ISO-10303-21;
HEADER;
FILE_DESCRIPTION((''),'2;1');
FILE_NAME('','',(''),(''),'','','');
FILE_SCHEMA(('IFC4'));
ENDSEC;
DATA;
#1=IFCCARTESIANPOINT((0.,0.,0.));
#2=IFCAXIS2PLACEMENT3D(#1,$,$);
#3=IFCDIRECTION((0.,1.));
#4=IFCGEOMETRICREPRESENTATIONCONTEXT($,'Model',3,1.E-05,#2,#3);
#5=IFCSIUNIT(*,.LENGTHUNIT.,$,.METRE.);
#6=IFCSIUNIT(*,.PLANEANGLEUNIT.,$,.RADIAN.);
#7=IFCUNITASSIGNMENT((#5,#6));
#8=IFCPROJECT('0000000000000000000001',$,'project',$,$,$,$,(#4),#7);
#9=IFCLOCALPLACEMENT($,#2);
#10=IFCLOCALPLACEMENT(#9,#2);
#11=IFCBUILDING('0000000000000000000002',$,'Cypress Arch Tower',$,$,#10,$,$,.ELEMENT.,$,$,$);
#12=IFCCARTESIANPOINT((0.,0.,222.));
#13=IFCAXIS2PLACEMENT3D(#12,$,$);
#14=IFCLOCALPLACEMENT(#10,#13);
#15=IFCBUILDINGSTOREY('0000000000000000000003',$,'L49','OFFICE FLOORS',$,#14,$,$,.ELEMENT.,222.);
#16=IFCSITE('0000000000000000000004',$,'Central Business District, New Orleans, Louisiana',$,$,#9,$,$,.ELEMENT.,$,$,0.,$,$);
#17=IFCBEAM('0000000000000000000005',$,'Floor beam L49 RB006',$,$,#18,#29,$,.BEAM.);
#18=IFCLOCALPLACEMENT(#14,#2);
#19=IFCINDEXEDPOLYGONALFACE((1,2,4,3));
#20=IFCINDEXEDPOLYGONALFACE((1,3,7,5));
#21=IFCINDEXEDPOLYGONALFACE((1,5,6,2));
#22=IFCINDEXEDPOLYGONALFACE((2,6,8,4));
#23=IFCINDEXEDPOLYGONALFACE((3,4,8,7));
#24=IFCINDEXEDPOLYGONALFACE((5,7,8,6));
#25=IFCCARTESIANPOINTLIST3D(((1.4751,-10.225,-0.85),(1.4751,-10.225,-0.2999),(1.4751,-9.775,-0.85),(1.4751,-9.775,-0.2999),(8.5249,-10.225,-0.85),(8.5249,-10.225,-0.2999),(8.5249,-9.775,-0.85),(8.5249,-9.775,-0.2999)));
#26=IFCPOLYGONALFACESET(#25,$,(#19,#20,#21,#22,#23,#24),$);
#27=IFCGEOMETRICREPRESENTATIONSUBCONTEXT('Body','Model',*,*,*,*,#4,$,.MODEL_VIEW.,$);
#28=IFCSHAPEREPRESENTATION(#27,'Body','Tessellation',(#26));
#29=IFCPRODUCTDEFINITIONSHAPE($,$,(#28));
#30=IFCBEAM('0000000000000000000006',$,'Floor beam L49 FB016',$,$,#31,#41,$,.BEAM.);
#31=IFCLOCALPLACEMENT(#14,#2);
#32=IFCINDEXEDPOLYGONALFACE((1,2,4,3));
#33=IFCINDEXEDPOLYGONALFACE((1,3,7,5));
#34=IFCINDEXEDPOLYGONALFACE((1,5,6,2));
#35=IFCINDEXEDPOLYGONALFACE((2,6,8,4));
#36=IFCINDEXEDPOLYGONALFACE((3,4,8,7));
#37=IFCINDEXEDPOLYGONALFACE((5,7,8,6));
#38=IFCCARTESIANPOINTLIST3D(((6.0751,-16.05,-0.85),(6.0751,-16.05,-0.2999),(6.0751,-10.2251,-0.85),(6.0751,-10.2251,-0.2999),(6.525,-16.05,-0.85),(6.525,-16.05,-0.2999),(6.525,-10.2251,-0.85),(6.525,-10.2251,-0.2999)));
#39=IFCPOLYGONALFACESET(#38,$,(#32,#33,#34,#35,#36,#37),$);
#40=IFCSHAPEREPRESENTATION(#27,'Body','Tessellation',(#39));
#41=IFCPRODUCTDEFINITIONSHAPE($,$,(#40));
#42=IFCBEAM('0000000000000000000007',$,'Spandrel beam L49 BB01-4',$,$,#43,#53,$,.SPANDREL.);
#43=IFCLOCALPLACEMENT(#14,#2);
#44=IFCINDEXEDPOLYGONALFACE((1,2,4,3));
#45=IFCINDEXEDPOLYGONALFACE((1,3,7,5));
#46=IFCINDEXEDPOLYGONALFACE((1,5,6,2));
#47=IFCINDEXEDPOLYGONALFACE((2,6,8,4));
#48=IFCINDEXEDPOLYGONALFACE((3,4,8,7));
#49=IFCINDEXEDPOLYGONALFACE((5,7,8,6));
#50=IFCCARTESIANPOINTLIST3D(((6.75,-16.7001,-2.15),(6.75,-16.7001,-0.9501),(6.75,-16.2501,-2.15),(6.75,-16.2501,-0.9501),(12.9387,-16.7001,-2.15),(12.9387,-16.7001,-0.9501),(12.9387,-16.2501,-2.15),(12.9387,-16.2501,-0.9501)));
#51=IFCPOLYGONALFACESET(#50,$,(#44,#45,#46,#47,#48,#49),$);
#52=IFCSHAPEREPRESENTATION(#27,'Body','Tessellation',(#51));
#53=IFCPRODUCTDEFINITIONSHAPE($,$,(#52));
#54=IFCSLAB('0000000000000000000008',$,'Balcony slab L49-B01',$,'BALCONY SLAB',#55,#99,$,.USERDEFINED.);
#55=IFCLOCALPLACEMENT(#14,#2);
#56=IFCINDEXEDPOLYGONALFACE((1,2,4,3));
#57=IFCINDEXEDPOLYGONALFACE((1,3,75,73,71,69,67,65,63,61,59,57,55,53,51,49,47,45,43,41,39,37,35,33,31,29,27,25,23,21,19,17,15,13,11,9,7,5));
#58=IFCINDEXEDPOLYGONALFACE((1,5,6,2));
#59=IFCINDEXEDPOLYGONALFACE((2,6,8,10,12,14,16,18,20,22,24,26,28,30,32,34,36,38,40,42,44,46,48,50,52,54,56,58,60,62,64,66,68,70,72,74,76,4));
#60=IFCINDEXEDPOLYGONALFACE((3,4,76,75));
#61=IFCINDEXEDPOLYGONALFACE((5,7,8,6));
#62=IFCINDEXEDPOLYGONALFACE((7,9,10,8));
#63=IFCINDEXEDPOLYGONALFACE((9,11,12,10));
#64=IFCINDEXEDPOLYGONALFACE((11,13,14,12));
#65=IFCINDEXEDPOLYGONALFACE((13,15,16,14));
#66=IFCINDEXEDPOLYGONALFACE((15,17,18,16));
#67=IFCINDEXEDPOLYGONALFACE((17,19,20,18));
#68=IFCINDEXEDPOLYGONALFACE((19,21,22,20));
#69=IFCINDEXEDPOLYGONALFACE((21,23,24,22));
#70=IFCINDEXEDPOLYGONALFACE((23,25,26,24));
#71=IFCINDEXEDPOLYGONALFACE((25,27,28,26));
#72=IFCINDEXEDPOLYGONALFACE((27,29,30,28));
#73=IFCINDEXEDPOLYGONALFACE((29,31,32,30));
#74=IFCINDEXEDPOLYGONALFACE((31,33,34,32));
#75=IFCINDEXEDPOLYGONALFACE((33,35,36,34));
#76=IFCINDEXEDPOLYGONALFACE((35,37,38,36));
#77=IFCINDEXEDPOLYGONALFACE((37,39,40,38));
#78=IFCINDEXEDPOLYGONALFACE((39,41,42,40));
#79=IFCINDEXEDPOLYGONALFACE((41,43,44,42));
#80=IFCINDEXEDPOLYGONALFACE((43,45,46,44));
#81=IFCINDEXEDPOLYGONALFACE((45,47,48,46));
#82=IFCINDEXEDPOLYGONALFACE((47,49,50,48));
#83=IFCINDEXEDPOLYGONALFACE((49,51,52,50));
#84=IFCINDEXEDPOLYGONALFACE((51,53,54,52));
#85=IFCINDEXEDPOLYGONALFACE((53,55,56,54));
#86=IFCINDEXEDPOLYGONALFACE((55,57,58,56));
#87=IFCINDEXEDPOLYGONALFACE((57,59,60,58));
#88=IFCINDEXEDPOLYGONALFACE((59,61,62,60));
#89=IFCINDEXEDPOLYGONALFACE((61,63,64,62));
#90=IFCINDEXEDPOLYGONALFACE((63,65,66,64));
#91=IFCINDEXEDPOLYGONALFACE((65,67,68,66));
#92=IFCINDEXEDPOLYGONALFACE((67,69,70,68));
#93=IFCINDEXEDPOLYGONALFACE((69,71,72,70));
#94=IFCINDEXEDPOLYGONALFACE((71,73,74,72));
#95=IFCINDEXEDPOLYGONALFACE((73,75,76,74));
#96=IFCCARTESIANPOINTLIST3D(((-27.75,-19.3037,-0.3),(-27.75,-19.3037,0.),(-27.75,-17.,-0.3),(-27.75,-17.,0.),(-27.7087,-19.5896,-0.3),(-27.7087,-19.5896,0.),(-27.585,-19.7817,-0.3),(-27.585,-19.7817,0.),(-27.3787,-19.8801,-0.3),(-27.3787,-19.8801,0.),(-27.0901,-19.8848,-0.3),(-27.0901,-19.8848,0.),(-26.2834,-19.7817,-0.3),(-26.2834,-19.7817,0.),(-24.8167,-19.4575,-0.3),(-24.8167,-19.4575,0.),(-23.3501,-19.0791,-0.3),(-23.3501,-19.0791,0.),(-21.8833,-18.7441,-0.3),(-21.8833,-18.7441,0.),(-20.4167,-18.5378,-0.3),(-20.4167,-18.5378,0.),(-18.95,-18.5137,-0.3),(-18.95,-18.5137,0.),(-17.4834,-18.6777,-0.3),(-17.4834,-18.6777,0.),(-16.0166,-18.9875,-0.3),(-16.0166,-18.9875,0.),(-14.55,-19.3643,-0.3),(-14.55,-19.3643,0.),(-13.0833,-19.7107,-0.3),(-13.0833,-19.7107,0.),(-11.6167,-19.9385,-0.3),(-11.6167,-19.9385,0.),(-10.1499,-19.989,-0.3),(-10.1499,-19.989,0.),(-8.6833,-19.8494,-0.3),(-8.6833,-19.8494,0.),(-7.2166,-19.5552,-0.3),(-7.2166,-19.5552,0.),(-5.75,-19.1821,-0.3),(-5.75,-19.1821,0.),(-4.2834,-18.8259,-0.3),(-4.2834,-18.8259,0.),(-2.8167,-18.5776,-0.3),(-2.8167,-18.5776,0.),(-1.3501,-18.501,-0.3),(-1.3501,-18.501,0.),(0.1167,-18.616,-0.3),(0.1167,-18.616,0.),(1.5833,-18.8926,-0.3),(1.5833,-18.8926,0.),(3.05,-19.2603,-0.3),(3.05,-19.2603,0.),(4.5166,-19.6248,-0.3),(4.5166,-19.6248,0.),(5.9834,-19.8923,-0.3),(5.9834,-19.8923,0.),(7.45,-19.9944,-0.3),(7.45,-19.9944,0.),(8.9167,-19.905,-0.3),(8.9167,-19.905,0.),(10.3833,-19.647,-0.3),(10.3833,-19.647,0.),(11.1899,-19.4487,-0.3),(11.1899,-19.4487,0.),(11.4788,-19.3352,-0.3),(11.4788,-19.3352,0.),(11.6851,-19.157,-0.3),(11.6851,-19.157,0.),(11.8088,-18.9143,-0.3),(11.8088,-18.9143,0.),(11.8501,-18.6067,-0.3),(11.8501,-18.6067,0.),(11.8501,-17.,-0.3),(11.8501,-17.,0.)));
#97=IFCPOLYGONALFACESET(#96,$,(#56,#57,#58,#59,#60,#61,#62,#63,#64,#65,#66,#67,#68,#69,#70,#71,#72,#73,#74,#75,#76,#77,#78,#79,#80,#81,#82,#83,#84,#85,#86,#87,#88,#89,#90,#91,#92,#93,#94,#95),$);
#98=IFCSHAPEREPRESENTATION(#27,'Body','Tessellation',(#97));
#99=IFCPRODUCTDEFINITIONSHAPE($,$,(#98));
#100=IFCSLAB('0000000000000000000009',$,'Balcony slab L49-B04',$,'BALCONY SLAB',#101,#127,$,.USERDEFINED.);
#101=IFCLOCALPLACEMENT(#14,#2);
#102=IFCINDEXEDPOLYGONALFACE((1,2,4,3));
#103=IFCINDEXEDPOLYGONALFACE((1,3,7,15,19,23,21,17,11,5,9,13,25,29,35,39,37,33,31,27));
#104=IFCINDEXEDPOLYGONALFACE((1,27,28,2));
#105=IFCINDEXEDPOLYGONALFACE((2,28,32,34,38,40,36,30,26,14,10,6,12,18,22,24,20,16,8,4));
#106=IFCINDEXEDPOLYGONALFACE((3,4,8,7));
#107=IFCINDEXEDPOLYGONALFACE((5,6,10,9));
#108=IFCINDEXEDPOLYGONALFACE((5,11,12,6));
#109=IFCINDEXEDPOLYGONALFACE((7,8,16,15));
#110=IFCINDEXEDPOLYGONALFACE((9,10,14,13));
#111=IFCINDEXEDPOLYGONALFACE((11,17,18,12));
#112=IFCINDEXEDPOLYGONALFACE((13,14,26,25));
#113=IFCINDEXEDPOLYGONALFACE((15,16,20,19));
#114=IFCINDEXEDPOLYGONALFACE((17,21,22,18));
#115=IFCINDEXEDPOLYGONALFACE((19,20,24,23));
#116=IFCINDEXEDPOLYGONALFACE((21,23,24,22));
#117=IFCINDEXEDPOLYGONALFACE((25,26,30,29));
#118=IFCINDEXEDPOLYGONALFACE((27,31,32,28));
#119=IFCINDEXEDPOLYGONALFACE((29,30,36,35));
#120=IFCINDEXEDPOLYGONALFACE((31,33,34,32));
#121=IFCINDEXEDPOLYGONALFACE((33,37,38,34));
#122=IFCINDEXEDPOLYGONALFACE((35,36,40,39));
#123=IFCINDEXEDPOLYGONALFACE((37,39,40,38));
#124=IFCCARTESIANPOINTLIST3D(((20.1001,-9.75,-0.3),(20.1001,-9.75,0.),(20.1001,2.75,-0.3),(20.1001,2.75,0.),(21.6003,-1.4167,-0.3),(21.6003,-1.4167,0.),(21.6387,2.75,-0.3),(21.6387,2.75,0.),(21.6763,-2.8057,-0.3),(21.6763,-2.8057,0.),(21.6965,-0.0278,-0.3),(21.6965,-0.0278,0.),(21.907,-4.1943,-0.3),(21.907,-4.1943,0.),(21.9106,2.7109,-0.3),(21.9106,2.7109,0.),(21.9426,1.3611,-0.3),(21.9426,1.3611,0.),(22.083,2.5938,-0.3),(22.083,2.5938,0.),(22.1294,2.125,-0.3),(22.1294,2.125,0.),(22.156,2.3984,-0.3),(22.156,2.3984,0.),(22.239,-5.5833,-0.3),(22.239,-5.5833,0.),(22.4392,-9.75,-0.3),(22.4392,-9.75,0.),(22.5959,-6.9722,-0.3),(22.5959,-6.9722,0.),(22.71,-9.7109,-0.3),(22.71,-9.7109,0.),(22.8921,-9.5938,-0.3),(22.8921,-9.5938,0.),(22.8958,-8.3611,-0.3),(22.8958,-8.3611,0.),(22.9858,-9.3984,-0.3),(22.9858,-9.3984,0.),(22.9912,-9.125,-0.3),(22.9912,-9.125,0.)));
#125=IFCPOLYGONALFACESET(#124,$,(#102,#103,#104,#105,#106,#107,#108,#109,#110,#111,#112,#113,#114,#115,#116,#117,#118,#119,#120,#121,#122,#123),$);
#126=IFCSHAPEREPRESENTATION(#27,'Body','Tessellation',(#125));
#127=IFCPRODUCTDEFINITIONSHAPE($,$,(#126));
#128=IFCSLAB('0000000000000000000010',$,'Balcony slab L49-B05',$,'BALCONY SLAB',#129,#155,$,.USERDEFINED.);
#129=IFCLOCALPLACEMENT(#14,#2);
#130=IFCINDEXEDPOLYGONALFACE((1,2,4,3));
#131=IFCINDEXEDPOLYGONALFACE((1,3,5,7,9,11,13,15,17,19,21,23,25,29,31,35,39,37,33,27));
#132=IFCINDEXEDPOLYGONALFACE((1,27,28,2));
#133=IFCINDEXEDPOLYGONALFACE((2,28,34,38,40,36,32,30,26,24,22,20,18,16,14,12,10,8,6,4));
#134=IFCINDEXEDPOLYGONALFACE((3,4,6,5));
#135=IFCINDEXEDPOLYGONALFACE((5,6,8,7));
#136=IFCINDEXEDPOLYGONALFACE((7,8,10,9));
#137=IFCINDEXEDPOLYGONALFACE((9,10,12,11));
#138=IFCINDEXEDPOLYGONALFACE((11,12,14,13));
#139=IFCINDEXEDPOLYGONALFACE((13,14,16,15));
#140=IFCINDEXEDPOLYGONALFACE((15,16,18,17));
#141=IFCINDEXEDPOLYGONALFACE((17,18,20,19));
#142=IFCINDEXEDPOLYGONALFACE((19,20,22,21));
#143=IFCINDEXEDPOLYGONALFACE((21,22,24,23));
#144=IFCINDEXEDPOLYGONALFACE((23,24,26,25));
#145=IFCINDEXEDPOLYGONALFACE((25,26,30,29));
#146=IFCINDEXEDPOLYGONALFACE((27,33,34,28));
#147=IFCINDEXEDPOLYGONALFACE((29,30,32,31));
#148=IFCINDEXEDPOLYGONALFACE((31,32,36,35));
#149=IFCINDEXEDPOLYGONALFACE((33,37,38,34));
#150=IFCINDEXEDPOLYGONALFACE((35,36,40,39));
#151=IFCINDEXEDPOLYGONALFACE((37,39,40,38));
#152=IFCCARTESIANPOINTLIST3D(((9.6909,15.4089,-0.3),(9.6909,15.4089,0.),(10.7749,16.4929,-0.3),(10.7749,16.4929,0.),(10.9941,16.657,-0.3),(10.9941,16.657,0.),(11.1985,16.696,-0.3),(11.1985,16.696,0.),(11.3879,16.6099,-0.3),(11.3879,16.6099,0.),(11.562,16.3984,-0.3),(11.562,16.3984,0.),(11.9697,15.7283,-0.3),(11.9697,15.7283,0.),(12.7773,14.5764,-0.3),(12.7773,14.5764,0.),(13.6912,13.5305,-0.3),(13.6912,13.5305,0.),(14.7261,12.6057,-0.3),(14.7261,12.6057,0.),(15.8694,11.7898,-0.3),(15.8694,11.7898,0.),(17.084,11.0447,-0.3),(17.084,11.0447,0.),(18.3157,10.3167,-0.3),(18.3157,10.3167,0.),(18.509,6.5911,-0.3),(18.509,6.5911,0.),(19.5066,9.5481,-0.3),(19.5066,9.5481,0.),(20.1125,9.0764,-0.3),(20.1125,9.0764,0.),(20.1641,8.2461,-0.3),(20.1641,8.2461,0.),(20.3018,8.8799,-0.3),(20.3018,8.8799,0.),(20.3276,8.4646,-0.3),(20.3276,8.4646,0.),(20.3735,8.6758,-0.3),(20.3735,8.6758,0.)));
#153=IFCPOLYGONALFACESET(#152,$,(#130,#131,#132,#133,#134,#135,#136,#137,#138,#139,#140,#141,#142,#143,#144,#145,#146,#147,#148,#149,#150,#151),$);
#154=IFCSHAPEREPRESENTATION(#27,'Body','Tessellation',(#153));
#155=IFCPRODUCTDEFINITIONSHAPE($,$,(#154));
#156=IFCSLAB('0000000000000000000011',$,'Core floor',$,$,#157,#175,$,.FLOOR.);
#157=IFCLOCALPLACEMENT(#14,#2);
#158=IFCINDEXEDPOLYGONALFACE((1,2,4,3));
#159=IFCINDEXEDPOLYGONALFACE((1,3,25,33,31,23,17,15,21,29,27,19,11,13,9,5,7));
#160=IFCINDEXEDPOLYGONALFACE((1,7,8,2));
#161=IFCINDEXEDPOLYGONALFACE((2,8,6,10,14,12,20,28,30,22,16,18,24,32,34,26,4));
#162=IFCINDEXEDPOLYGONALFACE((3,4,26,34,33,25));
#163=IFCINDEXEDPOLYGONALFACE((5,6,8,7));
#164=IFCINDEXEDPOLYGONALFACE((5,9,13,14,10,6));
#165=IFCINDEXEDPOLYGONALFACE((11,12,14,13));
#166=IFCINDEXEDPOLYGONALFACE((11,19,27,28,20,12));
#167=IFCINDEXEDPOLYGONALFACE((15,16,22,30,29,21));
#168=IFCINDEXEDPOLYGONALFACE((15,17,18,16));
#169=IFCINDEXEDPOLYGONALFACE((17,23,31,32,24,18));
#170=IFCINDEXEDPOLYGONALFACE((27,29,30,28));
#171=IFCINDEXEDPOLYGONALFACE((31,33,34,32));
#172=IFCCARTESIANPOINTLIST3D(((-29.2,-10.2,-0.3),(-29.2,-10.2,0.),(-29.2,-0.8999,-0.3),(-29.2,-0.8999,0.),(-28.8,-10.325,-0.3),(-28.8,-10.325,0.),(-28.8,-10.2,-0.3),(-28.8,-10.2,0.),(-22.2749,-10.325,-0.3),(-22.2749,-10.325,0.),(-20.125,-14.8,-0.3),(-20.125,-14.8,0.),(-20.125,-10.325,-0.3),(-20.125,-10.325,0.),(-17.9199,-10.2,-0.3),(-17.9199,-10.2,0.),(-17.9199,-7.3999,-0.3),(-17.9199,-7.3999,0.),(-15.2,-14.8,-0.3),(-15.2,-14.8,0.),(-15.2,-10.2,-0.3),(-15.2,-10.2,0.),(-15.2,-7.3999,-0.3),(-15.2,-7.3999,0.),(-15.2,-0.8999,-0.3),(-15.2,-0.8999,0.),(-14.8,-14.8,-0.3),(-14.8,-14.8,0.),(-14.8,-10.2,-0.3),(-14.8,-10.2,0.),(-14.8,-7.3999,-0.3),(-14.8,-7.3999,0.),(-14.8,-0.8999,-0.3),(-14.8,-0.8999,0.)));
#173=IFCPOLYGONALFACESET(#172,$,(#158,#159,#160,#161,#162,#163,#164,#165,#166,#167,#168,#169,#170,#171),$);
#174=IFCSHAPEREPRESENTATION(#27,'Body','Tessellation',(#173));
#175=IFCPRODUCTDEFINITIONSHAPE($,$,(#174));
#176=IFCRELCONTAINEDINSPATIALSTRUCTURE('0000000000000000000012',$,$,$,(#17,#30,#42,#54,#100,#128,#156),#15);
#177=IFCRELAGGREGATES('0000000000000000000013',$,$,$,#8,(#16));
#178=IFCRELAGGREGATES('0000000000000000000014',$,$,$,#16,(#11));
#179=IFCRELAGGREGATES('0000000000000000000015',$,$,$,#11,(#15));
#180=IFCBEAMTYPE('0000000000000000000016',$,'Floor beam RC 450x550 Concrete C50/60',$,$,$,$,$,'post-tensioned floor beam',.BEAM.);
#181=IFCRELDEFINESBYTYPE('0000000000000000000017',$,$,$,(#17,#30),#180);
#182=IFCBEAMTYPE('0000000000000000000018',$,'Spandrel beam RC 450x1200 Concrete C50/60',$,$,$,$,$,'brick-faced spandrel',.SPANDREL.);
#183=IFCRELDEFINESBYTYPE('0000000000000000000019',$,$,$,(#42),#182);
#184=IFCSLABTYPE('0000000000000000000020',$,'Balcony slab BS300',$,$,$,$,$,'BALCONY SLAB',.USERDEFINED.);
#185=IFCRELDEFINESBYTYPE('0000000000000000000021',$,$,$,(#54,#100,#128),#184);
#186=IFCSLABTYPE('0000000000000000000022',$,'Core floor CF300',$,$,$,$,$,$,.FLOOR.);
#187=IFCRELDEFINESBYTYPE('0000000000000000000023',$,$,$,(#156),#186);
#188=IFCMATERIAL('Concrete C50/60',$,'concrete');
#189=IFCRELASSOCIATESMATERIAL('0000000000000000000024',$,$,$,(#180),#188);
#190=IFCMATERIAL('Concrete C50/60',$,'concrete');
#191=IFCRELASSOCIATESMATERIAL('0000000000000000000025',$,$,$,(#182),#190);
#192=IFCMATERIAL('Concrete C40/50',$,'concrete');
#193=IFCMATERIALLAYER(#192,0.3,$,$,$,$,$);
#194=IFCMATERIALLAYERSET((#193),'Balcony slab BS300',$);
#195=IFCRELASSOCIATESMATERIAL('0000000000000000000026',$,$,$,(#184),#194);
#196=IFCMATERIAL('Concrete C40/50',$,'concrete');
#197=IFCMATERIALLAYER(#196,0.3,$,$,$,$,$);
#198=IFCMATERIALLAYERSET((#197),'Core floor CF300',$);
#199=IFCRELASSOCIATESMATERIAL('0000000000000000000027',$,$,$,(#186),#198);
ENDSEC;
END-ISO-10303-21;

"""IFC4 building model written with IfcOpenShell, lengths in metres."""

from ifc_helpers import new_model, si_unit, direction, frame, origin, origin_2d, place, context, subcontext, project, spatial, polyline, rectangle, outline, extrude, material, layer, layer_set, material_profile, profile_set, type_object, element, save


model = new_model("IFC4")

# Units and contexts
model_context = context("Model", 3, precision=1e-05, world=origin(), true_north=direction((0.0, 1.0)))
body_context = subcontext(model_context, "Body", "Model", "MODEL_VIEW")
ifc_project = project(units=[si_unit("LENGTHUNIT", "METRE"), si_unit("PLANEANGLEUNIT", "RADIAN")], contexts=[model_context])

# Site, building, storey
site_placement = place(None, origin())
site = spatial("IfcSite", under=ifc_project, at=site_placement, Name="Central Business District, New Orleans, Louisiana", CompositionType="ELEMENT", RefElevation=0.0)
building_placement = place(site_placement, origin())
building = spatial("IfcBuilding", under=site, at=building_placement, Name="Cypress Arch Tower", CompositionType="ELEMENT")
storey_placement = place(building_placement, frame((0.0, 0.0, 222.0)))
storey = spatial("IfcBuildingStorey", under=building, at=storey_placement, Name="L49", Description="OFFICE FLOORS", CompositionType="ELEMENT", Elevation=222.0)

# Beams
ifc_material_1 = material(Name="Concrete C50/60", Category="concrete")
ifc_material_profile_1 = material_profile(ifc_material_1, rectangle(XDim=0.45, YDim=0.55, at=origin_2d()), Name="RC 450x550")
ifc_profile_set_1 = profile_set([ifc_material_profile_1], Name="Concrete C50/60")
beam_type_1 = type_object("IfcBeamType", Name="Floor beam RC 450x550 Concrete C50/60", ElementType="post-tensioned floor beam", PredefinedType="BEAM", material=ifc_profile_set_1)
beam_1_placement = place(storey_placement, frame((1.4751, -10.0, -0.575), z_axis=(1.0, 0.0, 0.0), x_axis=(0.0, 1.0, 0.0)))
element("IfcBeam", 1, at=beam_1_placement, inside=storey, type_object=beam_type_1, Name="Floor beam L49 RB006", PredefinedType="BEAM", context=body_context, shape_type="SweptSolid", body=[
    extrude(rectangle(XDim=0.45, YDim=0.55, at=origin_2d()), origin(), (0.0, 0.0, 1.0), 7.0498),
])
beam_2_placement = place(storey_placement, frame((6.3, -16.05, -0.575), z_axis=(0.0, 1.0, 0.0), x_axis=(-1.0, 0.0, 0.0)))
element("IfcBeam", 2, at=beam_2_placement, inside=storey, type_object=beam_type_1, Name="Floor beam L49 FB016", PredefinedType="BEAM", context=body_context, shape_type="SweptSolid", body=[
    extrude(rectangle(XDim=0.45, YDim=0.55, at=origin_2d()), origin(), (0.0, 0.0, 1.0), 5.825),
])
ifc_material_2 = material(Name="Concrete C50/60", Category="concrete")
ifc_material_profile_2 = material_profile(ifc_material_2, rectangle(XDim=0.45, YDim=1.2, at=origin_2d()), Name="RC 450x1200")
ifc_profile_set_2 = profile_set([ifc_material_profile_2], Name="Concrete C50/60")
beam_type_2 = type_object("IfcBeamType", Name="Spandrel beam RC 450x1200 Concrete C50/60", ElementType="brick-faced spandrel", PredefinedType="SPANDREL", material=ifc_profile_set_2)
beam_3_placement = place(storey_placement, frame((6.75, -16.4751, -1.55), z_axis=(1.0, 0.0, 0.0), x_axis=(0.0, 1.0, 0.0)))
element("IfcBeam", 3, at=beam_3_placement, inside=storey, type_object=beam_type_2, Name="Spandrel beam L49 BB01-4", PredefinedType="SPANDREL", context=body_context, shape_type="SweptSolid", body=[
    extrude(rectangle(XDim=0.45, YDim=1.2, at=origin_2d()), origin(), (0.0, 0.0, 1.0), 6.1887),
])

# Slabs
ifc_material_3 = material(Name="Concrete C40/50", Category="concrete")
ifc_layer_1 = layer(ifc_material_3, 0.3)
ifc_layer_set_1 = layer_set([ifc_layer_1], Name="Balcony slab BS300")
slab_type_1 = type_object("IfcSlabType", Name="Balcony slab BS300", ElementType="BALCONY SLAB", PredefinedType="USERDEFINED", material=ifc_layer_set_1)
slab_1_placement = place(storey_placement, frame((0.0, 0.0, -0.3)))
element("IfcSlab", 4, at=slab_1_placement, inside=storey, type_object=slab_type_1, Name="Balcony slab L49-B01", ObjectType="BALCONY SLAB", PredefinedType="USERDEFINED", context=body_context, shape_type="SweptSolid", body=[
    extrude(outline(polyline([(-27.75, -17.0), (-27.75, -19.3037), (-27.7087, -19.5896), (-27.585, -19.7817), (-27.3787, -19.8801), (-27.0901, -19.8848), (-26.2834, -19.7817), (-24.8167, -19.4575), (-23.3501, -19.0791), (-21.8833, -18.7441), (-20.4167, -18.5378), (-18.95, -18.5137), (-17.4834, -18.6777), (-16.0166, -18.9875), (-14.55, -19.3643), (-13.0833, -19.7107), (-11.6167, -19.9385), (-10.1499, -19.989), (-8.6833, -19.8494), (-7.2166, -19.5552), (-5.75, -19.1821), (-4.2834, -18.8259), (-2.8167, -18.5776), (-1.3501, -18.501), (0.1167, -18.616), (1.5833, -18.8926), (3.05, -19.2603), (4.5166, -19.6248), (5.9834, -19.8923), (7.45, -19.9944), (8.9167, -19.905), (10.3833, -19.647), (11.1899, -19.4487), (11.4788, -19.3352), (11.6851, -19.157), (11.8088, -18.9143), (11.8501, -18.6067), (11.8501, -17.0), (-27.75, -17.0)])), origin(), (0.0, 0.0, 1.0), 0.3),
])
slab_2_placement = place(storey_placement, frame((0.0, 0.0, -0.3)))
element("IfcSlab", 5, at=slab_2_placement, inside=storey, type_object=slab_type_1, Name="Balcony slab L49-B04", ObjectType="BALCONY SLAB", PredefinedType="USERDEFINED", context=body_context, shape_type="SweptSolid", body=[
    extrude(outline(polyline([(20.1001, -9.75), (22.4392, -9.75), (22.71, -9.7109), (22.8921, -9.5938), (22.9858, -9.3984), (22.9912, -9.125), (22.8958, -8.3611), (22.5959, -6.9722), (22.239, -5.5833), (21.907, -4.1943), (21.6763, -2.8057), (21.6003, -1.4167), (21.6965, -0.0278), (21.9426, 1.3611), (22.1294, 2.125), (22.156, 2.3984), (22.083, 2.5938), (21.9106, 2.7109), (21.6387, 2.75), (20.1001, 2.75), (20.1001, -9.75)])), origin(), (0.0, 0.0, 1.0), 0.3),
])
slab_3_placement = place(storey_placement, frame((0.0, 0.0, -0.3)))
element("IfcSlab", 6, at=slab_3_placement, inside=storey, type_object=slab_type_1, Name="Balcony slab L49-B05", ObjectType="BALCONY SLAB", PredefinedType="USERDEFINED", context=body_context, shape_type="SweptSolid", body=[
    extrude(outline(polyline([(18.509, 6.5911), (20.1641, 8.2461), (20.3276, 8.4646), (20.3735, 8.6758), (20.3018, 8.8799), (20.1125, 9.0764), (19.5066, 9.5481), (18.3157, 10.3167), (17.084, 11.0447), (15.8694, 11.7898), (14.7261, 12.6057), (13.6912, 13.5305), (12.7773, 14.5764), (11.9697, 15.7283), (11.562, 16.3984), (11.3879, 16.6099), (11.1985, 16.696), (10.9941, 16.657), (10.7749, 16.4929), (9.6909, 15.4089), (18.509, 6.5911)])), origin(), (0.0, 0.0, 1.0), 0.3),
])
ifc_material_4 = material(Name="Concrete C40/50", Category="concrete")
ifc_layer_2 = layer(ifc_material_4, 0.3)
ifc_layer_set_2 = layer_set([ifc_layer_2], Name="Core floor CF300")
slab_type_2 = type_object("IfcSlabType", Name="Core floor CF300", PredefinedType="FLOOR", material=ifc_layer_set_2)
slab_4_placement = place(storey_placement, frame((0.0, 0.0, -0.3)))
element("IfcSlab", 7, at=slab_4_placement, inside=storey, type_object=slab_type_2, Name="Core floor", PredefinedType="FLOOR", context=body_context, shape_type="SweptSolid", body=[
    extrude(outline(polyline([(-28.8, -10.2), (-29.2, -10.2), (-29.2, -0.8999), (-15.2, -0.8999), (-14.8, -0.8999), (-14.8, -7.3999), (-15.2, -7.3999), (-17.9199, -7.3999), (-17.9199, -10.2), (-15.2, -10.2), (-14.8, -10.2), (-14.8, -14.8), (-15.2, -14.8), (-20.125, -14.8), (-20.125, -10.325), (-22.2749, -10.325), (-28.8, -10.325), (-28.8, -10.2)])), origin(), (0.0, 0.0, 1.0), 0.3),
])

save(model, "model.ifc")
